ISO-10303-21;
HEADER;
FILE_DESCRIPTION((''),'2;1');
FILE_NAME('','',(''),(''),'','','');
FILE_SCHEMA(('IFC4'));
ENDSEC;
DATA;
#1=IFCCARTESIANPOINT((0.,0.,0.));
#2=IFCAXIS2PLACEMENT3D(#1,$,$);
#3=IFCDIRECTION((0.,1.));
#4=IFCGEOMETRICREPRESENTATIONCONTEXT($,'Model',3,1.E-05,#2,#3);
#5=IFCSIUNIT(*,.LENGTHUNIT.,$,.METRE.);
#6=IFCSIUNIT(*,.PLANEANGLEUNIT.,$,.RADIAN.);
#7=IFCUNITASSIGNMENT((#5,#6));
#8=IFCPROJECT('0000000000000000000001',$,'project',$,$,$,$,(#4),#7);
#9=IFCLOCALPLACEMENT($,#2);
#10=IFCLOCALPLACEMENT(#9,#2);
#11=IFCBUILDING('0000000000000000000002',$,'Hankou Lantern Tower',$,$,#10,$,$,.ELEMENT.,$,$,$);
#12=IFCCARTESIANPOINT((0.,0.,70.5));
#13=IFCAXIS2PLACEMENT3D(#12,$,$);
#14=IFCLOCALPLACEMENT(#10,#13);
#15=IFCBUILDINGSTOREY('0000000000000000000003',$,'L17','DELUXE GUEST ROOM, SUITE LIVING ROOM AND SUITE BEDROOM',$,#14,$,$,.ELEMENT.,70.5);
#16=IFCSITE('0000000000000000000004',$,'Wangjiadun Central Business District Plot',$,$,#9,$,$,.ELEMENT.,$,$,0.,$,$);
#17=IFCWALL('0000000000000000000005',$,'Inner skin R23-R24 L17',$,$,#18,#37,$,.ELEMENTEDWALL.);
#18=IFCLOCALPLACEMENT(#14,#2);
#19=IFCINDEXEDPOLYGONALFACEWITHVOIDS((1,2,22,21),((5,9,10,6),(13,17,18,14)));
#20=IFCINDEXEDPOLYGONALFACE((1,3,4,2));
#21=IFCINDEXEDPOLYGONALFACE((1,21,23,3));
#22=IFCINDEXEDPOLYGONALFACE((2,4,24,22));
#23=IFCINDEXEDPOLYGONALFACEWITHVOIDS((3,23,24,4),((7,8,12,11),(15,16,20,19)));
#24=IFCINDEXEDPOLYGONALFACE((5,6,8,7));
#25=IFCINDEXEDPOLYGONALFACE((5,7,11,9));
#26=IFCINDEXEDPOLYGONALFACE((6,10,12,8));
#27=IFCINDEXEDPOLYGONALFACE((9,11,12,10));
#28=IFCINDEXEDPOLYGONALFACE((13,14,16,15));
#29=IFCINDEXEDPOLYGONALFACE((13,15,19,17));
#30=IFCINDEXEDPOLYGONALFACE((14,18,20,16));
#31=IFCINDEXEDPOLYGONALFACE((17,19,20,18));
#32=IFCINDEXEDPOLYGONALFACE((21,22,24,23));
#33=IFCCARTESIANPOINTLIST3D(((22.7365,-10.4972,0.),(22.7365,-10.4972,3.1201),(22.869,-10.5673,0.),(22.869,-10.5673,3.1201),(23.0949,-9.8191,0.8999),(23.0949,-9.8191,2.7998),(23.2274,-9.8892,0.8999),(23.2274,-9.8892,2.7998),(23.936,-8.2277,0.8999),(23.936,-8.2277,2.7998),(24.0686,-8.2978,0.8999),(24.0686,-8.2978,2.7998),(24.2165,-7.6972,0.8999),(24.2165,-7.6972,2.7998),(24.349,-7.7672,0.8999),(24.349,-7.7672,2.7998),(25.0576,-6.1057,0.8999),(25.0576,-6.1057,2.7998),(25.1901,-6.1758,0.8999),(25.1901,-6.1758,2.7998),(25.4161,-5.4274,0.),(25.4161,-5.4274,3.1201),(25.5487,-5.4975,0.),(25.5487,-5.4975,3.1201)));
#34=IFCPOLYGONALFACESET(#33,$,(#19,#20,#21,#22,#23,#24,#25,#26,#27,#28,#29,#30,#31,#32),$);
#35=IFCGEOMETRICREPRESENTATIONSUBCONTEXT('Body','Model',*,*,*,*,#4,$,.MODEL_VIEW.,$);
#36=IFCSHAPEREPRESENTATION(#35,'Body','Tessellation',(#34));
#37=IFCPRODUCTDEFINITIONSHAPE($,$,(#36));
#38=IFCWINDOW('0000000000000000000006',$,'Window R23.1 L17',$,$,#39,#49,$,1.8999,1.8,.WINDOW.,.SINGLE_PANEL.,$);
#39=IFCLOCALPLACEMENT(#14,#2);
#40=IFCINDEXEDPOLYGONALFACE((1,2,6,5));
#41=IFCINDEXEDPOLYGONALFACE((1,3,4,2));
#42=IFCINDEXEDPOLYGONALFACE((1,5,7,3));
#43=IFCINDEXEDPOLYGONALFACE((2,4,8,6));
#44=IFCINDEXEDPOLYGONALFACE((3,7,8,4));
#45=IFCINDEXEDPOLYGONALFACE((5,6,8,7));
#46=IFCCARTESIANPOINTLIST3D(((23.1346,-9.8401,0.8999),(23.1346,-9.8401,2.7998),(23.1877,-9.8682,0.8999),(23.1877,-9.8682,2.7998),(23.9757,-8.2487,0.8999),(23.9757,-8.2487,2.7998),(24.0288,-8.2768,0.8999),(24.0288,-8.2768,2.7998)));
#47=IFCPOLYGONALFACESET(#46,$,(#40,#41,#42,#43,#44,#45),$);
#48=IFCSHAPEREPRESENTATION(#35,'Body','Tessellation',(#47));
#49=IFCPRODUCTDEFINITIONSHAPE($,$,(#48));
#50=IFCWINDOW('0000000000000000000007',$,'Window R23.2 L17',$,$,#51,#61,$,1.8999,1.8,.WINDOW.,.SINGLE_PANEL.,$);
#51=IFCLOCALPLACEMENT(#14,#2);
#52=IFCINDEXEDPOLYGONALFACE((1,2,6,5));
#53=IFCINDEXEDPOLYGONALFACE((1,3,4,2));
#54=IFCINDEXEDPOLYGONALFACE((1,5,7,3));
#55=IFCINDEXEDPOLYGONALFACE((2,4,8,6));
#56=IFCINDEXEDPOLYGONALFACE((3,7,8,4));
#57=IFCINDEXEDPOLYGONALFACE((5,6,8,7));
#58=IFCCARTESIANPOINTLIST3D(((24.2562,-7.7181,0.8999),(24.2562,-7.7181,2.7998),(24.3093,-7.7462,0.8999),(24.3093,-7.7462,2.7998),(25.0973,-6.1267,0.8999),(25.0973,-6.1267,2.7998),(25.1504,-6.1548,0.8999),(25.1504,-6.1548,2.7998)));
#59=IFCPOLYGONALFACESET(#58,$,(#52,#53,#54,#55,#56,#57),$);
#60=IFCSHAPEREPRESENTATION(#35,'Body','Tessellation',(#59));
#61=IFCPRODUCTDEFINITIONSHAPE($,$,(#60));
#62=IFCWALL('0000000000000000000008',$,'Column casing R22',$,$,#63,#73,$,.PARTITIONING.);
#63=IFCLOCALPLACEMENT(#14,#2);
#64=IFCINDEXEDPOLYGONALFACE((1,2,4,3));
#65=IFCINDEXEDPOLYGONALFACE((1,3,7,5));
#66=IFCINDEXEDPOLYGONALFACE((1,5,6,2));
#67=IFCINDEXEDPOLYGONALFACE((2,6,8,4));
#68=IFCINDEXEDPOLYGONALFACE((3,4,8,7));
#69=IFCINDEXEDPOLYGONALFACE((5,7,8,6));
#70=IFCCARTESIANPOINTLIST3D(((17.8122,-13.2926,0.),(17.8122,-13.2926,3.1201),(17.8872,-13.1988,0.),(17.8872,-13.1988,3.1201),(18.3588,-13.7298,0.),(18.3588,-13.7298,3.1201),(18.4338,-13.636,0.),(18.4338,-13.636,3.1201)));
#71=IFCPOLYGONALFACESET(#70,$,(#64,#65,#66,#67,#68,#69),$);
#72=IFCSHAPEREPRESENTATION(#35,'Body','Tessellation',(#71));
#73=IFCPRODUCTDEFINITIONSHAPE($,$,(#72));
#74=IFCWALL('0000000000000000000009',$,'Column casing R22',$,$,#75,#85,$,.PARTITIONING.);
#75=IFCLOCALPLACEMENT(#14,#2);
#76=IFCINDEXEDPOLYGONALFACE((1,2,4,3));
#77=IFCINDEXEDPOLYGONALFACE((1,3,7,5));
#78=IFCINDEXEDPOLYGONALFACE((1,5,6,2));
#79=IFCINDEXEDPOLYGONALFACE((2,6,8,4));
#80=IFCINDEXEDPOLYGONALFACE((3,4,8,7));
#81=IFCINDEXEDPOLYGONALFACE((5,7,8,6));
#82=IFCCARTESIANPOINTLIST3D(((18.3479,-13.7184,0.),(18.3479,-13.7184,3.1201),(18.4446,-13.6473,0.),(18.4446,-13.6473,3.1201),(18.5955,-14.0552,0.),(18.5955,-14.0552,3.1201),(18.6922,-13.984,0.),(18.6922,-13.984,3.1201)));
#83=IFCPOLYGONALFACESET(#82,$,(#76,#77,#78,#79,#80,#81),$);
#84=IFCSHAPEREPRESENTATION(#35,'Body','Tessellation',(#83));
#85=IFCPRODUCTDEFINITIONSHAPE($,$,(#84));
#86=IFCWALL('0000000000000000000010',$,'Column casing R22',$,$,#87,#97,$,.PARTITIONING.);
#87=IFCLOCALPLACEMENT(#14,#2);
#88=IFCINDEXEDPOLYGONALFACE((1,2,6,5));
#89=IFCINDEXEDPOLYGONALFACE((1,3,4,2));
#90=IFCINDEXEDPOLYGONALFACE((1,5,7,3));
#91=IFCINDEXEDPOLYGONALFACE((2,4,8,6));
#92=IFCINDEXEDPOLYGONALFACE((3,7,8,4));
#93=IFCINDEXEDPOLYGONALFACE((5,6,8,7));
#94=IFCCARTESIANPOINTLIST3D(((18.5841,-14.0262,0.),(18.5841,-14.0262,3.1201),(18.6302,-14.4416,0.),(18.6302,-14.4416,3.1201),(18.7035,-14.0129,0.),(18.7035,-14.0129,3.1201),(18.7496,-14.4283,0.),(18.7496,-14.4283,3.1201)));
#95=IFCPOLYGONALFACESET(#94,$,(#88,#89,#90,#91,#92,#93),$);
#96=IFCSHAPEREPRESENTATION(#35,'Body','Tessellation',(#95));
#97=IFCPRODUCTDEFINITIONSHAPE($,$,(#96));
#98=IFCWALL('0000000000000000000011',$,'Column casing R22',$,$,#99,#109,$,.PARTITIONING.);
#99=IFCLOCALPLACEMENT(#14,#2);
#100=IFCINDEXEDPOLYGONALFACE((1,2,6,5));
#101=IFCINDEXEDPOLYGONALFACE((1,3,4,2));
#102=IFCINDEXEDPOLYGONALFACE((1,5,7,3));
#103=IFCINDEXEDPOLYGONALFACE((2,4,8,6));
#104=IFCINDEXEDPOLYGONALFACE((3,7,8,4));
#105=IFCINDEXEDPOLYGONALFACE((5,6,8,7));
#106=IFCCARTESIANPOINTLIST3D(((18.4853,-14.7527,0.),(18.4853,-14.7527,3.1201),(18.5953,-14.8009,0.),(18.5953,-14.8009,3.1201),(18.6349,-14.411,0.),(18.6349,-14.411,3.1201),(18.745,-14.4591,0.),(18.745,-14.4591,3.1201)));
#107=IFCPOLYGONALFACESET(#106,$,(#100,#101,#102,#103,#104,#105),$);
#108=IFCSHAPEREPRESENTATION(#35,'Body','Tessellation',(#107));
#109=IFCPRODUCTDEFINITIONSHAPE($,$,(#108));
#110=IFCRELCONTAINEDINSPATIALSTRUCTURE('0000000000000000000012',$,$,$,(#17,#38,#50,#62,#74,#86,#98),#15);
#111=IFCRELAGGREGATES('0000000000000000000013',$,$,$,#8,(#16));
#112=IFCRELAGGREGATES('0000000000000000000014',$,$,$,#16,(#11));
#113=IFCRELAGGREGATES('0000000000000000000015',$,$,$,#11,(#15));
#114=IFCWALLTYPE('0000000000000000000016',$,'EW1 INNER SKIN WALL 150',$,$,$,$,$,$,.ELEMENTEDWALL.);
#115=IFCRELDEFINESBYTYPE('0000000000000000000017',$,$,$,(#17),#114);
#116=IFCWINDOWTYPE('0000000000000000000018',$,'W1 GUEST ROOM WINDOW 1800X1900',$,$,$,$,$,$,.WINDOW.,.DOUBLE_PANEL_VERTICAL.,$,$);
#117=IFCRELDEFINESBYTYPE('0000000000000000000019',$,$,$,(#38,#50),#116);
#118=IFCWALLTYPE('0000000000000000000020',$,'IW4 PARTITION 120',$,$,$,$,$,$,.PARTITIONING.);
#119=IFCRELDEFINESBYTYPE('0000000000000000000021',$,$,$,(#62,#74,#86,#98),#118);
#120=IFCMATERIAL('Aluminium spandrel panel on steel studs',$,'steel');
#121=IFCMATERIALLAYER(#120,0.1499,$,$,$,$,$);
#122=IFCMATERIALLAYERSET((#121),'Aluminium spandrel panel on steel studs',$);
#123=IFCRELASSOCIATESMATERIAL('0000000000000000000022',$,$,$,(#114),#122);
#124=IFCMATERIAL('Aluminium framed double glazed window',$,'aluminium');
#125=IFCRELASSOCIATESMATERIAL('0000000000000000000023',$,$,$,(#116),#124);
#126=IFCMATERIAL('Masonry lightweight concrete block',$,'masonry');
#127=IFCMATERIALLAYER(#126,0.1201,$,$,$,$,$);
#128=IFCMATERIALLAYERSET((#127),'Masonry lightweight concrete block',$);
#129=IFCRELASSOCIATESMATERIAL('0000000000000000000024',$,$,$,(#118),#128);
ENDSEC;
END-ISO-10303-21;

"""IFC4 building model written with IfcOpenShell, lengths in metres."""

from ifc_helpers import new_model, si_unit, direction, frame, frame_2d, origin, place, context, subcontext, project, spatial, rectangle, extrude, material, layer, layer_set, type_object, element, fill, save


model = new_model("IFC4")

# Units and contexts
model_context = context("Model", 3, precision=1e-05, world=origin(), true_north=direction((0.0, 1.0)))
body_context = subcontext(model_context, "Body", "Model", "MODEL_VIEW")
ifc_project = project(units=[si_unit("LENGTHUNIT", "METRE"), si_unit("PLANEANGLEUNIT", "RADIAN")], contexts=[model_context])

# Site, building, storey
site_placement = place(None, origin())
site = spatial("IfcSite", under=ifc_project, at=site_placement, Name="Wangjiadun Central Business District Plot", CompositionType="ELEMENT", RefElevation=0.0)
building_placement = place(site_placement, origin())
building = spatial("IfcBuilding", under=site, at=building_placement, Name="Hankou Lantern Tower", CompositionType="ELEMENT")
storey_placement = place(building_placement, frame((0.0, 0.0, 70.5)))
storey = spatial("IfcBuildingStorey", under=building, at=storey_placement, Name="L17", Description="DELUXE GUEST ROOM, SUITE LIVING ROOM AND SUITE BEDROOM", CompositionType="ELEMENT", Elevation=70.5)

# Wall, openings, windows
ifc_material_1 = material(Name="Aluminium spandrel panel on steel studs", Category="steel")
ifc_layer_1 = layer(ifc_material_1, 0.1499)
ifc_layer_set_1 = layer_set([ifc_layer_1], Name="Aluminium spandrel panel on steel studs")
wall_type_1 = type_object("IfcWallType", Name="EW1 INNER SKIN WALL 150", PredefinedType="ELEMENTEDWALL", material=ifc_layer_set_1)
ifc_material_2 = material(Name="Aluminium framed double glazed window", Category="aluminium")
window_type = type_object("IfcWindowType", Name="W1 GUEST ROOM WINDOW 1800X1900", PartitioningType="DOUBLE_PANEL_VERTICAL", PredefinedType="WINDOW", material=ifc_material_2)
wall_1_placement = place(storey_placement, frame((22.8027, -10.5322, 0.0), z_axis=(0.0, 0.0, 1.0), x_axis=(0.467297, 0.8841, 0.0)))
wall_1 = element("IfcWall", 1, at=wall_1_placement, inside=storey, type_object=wall_type_1, Name="Inner skin R23-R24 L17", PredefinedType="ELEMENTEDWALL", context=body_context, shape_type="SweptSolid", body=[
    extrude(rectangle(XDim=5.7344, YDim=0.1499, at=frame_2d((2.8672, 0.0))), origin(), (0.0, 0.0, 1.0), 3.1201),
])
opening_1_placement = place(wall_1_placement, frame((0.7671, 0.0, 0.8999)))
opening_1 = element("IfcOpeningElement", 2, at=opening_1_placement, cuts=wall_1, PredefinedType="OPENING", context=body_context, shape_type="SweptSolid", body=[
    extrude(rectangle(XDim=1.8, YDim=1.8999, at=frame_2d((0.8999, 0.95))), frame((0.0, 0.085, 0.0), z_axis=(0.0, -1.0, 0.0), x_axis=(1.0, 0.0, 0.0)), (0.0, 0.0, 1.0), 0.1699),
])
opening_2_placement = place(wall_1_placement, frame((3.1672, 0.0, 0.8999)))
opening_2 = element("IfcOpeningElement", 3, at=opening_2_placement, cuts=wall_1, PredefinedType="OPENING", context=body_context, shape_type="SweptSolid", body=[
    extrude(rectangle(XDim=1.8, YDim=1.8999, at=frame_2d((0.8999, 0.95))), frame((0.0, 0.085, 0.0), z_axis=(0.0, -1.0, 0.0), x_axis=(1.0, 0.0, 0.0)), (0.0, 0.0, 1.0), 0.1699),
])
window_1_placement = place(opening_1_placement, origin())
window_1 = element("IfcWindow", 4, at=window_1_placement, inside=storey, type_object=window_type, Name="Window R23.1 L17", OverallHeight=1.8999, OverallWidth=1.8, PartitioningType="SINGLE_PANEL", PredefinedType="WINDOW", context=body_context, shape_type="SweptSolid", body=[
    extrude(rectangle(XDim=1.8, YDim=1.8999, at=frame_2d((0.8999, 0.95))), frame((0.0, 0.03, 0.0), z_axis=(0.0, -1.0, 0.0), x_axis=(1.0, 0.0, 0.0)), (0.0, 0.0, 1.0), 0.0601),
])
fill(opening_1, window_1)
window_2_placement = place(opening_2_placement, origin())
window_2 = element("IfcWindow", 5, at=window_2_placement, inside=storey, type_object=window_type, Name="Window R23.2 L17", OverallHeight=1.8999, OverallWidth=1.8, PartitioningType="SINGLE_PANEL", PredefinedType="WINDOW", context=body_context, shape_type="SweptSolid", body=[
    extrude(rectangle(XDim=1.8, YDim=1.8999, at=frame_2d((0.8999, 0.95))), frame((0.0, 0.03, 0.0), z_axis=(0.0, -1.0, 0.0), x_axis=(1.0, 0.0, 0.0)), (0.0, 0.0, 1.0), 0.0601),
])
fill(opening_2, window_2)

# Walls
ifc_material_3 = material(Name="Masonry lightweight concrete block", Category="masonry")
ifc_layer_2 = layer(ifc_material_3, 0.1201)
ifc_layer_set_2 = layer_set([ifc_layer_2], Name="Masonry lightweight concrete block")
wall_type_2 = type_object("IfcWallType", Name="IW4 PARTITION 120", PredefinedType="PARTITIONING", material=ifc_layer_set_2)
wall_2_placement = place(storey_placement, frame((17.8496, -13.2456, 0.0), z_axis=(0.0, 0.0, 1.0), x_axis=(0.780903, -0.624653, 0.0)))
element("IfcWall", 6, at=wall_2_placement, inside=storey, type_object=wall_type_2, Name="Column casing R22", PredefinedType="PARTITIONING", context=body_context, shape_type="SweptSolid", body=[
    extrude(rectangle(XDim=0.7, YDim=0.1201, at=frame_2d((0.3501, 0.0))), origin(), (0.0, 0.0, 1.0), 3.1201),
])
for number, where, z_axis, x_axis, name in (
    (7, (18.3962, -13.6829, 0.0), (0.0, 0.0, 1.0), (0.592402, -0.805643, 0.0), "Column casing R22"),
    (8, (18.6438, -14.0195, 0.0), (0.0, 0.0, 1.0), (0.110367, -0.993891, 0.0), "Column casing R22"),
):
    element("IfcWall", number, at=place(storey_placement, frame(where, z_axis=z_axis, x_axis=x_axis)), inside=storey, type_object=wall_type_2, Name=name, PredefinedType="PARTITIONING", context=body_context, shape_type="SweptSolid", body=[
        extrude(rectangle(XDim=0.418, YDim=0.1201, at=frame_2d((0.209, 0.0))), origin(), (0.0, 0.0, 1.0), 3.1201),
    ])
wall_3_placement = place(storey_placement, frame((18.6899, -14.4351, 0.0), z_axis=(0.0, 0.0, 1.0), x_axis=(-0.401093, -0.916037, 0.0)))
element("IfcWall", 9, at=wall_3_placement, inside=storey, type_object=wall_type_2, Name="Column casing R22", PredefinedType="PARTITIONING", context=body_context, shape_type="SweptSolid", body=[
    extrude(rectangle(XDim=0.373, YDim=0.1201, at=frame_2d((0.1865, 0.0))), origin(), (0.0, 0.0, 1.0), 3.1201),
])

save(model, "model.ifc")
